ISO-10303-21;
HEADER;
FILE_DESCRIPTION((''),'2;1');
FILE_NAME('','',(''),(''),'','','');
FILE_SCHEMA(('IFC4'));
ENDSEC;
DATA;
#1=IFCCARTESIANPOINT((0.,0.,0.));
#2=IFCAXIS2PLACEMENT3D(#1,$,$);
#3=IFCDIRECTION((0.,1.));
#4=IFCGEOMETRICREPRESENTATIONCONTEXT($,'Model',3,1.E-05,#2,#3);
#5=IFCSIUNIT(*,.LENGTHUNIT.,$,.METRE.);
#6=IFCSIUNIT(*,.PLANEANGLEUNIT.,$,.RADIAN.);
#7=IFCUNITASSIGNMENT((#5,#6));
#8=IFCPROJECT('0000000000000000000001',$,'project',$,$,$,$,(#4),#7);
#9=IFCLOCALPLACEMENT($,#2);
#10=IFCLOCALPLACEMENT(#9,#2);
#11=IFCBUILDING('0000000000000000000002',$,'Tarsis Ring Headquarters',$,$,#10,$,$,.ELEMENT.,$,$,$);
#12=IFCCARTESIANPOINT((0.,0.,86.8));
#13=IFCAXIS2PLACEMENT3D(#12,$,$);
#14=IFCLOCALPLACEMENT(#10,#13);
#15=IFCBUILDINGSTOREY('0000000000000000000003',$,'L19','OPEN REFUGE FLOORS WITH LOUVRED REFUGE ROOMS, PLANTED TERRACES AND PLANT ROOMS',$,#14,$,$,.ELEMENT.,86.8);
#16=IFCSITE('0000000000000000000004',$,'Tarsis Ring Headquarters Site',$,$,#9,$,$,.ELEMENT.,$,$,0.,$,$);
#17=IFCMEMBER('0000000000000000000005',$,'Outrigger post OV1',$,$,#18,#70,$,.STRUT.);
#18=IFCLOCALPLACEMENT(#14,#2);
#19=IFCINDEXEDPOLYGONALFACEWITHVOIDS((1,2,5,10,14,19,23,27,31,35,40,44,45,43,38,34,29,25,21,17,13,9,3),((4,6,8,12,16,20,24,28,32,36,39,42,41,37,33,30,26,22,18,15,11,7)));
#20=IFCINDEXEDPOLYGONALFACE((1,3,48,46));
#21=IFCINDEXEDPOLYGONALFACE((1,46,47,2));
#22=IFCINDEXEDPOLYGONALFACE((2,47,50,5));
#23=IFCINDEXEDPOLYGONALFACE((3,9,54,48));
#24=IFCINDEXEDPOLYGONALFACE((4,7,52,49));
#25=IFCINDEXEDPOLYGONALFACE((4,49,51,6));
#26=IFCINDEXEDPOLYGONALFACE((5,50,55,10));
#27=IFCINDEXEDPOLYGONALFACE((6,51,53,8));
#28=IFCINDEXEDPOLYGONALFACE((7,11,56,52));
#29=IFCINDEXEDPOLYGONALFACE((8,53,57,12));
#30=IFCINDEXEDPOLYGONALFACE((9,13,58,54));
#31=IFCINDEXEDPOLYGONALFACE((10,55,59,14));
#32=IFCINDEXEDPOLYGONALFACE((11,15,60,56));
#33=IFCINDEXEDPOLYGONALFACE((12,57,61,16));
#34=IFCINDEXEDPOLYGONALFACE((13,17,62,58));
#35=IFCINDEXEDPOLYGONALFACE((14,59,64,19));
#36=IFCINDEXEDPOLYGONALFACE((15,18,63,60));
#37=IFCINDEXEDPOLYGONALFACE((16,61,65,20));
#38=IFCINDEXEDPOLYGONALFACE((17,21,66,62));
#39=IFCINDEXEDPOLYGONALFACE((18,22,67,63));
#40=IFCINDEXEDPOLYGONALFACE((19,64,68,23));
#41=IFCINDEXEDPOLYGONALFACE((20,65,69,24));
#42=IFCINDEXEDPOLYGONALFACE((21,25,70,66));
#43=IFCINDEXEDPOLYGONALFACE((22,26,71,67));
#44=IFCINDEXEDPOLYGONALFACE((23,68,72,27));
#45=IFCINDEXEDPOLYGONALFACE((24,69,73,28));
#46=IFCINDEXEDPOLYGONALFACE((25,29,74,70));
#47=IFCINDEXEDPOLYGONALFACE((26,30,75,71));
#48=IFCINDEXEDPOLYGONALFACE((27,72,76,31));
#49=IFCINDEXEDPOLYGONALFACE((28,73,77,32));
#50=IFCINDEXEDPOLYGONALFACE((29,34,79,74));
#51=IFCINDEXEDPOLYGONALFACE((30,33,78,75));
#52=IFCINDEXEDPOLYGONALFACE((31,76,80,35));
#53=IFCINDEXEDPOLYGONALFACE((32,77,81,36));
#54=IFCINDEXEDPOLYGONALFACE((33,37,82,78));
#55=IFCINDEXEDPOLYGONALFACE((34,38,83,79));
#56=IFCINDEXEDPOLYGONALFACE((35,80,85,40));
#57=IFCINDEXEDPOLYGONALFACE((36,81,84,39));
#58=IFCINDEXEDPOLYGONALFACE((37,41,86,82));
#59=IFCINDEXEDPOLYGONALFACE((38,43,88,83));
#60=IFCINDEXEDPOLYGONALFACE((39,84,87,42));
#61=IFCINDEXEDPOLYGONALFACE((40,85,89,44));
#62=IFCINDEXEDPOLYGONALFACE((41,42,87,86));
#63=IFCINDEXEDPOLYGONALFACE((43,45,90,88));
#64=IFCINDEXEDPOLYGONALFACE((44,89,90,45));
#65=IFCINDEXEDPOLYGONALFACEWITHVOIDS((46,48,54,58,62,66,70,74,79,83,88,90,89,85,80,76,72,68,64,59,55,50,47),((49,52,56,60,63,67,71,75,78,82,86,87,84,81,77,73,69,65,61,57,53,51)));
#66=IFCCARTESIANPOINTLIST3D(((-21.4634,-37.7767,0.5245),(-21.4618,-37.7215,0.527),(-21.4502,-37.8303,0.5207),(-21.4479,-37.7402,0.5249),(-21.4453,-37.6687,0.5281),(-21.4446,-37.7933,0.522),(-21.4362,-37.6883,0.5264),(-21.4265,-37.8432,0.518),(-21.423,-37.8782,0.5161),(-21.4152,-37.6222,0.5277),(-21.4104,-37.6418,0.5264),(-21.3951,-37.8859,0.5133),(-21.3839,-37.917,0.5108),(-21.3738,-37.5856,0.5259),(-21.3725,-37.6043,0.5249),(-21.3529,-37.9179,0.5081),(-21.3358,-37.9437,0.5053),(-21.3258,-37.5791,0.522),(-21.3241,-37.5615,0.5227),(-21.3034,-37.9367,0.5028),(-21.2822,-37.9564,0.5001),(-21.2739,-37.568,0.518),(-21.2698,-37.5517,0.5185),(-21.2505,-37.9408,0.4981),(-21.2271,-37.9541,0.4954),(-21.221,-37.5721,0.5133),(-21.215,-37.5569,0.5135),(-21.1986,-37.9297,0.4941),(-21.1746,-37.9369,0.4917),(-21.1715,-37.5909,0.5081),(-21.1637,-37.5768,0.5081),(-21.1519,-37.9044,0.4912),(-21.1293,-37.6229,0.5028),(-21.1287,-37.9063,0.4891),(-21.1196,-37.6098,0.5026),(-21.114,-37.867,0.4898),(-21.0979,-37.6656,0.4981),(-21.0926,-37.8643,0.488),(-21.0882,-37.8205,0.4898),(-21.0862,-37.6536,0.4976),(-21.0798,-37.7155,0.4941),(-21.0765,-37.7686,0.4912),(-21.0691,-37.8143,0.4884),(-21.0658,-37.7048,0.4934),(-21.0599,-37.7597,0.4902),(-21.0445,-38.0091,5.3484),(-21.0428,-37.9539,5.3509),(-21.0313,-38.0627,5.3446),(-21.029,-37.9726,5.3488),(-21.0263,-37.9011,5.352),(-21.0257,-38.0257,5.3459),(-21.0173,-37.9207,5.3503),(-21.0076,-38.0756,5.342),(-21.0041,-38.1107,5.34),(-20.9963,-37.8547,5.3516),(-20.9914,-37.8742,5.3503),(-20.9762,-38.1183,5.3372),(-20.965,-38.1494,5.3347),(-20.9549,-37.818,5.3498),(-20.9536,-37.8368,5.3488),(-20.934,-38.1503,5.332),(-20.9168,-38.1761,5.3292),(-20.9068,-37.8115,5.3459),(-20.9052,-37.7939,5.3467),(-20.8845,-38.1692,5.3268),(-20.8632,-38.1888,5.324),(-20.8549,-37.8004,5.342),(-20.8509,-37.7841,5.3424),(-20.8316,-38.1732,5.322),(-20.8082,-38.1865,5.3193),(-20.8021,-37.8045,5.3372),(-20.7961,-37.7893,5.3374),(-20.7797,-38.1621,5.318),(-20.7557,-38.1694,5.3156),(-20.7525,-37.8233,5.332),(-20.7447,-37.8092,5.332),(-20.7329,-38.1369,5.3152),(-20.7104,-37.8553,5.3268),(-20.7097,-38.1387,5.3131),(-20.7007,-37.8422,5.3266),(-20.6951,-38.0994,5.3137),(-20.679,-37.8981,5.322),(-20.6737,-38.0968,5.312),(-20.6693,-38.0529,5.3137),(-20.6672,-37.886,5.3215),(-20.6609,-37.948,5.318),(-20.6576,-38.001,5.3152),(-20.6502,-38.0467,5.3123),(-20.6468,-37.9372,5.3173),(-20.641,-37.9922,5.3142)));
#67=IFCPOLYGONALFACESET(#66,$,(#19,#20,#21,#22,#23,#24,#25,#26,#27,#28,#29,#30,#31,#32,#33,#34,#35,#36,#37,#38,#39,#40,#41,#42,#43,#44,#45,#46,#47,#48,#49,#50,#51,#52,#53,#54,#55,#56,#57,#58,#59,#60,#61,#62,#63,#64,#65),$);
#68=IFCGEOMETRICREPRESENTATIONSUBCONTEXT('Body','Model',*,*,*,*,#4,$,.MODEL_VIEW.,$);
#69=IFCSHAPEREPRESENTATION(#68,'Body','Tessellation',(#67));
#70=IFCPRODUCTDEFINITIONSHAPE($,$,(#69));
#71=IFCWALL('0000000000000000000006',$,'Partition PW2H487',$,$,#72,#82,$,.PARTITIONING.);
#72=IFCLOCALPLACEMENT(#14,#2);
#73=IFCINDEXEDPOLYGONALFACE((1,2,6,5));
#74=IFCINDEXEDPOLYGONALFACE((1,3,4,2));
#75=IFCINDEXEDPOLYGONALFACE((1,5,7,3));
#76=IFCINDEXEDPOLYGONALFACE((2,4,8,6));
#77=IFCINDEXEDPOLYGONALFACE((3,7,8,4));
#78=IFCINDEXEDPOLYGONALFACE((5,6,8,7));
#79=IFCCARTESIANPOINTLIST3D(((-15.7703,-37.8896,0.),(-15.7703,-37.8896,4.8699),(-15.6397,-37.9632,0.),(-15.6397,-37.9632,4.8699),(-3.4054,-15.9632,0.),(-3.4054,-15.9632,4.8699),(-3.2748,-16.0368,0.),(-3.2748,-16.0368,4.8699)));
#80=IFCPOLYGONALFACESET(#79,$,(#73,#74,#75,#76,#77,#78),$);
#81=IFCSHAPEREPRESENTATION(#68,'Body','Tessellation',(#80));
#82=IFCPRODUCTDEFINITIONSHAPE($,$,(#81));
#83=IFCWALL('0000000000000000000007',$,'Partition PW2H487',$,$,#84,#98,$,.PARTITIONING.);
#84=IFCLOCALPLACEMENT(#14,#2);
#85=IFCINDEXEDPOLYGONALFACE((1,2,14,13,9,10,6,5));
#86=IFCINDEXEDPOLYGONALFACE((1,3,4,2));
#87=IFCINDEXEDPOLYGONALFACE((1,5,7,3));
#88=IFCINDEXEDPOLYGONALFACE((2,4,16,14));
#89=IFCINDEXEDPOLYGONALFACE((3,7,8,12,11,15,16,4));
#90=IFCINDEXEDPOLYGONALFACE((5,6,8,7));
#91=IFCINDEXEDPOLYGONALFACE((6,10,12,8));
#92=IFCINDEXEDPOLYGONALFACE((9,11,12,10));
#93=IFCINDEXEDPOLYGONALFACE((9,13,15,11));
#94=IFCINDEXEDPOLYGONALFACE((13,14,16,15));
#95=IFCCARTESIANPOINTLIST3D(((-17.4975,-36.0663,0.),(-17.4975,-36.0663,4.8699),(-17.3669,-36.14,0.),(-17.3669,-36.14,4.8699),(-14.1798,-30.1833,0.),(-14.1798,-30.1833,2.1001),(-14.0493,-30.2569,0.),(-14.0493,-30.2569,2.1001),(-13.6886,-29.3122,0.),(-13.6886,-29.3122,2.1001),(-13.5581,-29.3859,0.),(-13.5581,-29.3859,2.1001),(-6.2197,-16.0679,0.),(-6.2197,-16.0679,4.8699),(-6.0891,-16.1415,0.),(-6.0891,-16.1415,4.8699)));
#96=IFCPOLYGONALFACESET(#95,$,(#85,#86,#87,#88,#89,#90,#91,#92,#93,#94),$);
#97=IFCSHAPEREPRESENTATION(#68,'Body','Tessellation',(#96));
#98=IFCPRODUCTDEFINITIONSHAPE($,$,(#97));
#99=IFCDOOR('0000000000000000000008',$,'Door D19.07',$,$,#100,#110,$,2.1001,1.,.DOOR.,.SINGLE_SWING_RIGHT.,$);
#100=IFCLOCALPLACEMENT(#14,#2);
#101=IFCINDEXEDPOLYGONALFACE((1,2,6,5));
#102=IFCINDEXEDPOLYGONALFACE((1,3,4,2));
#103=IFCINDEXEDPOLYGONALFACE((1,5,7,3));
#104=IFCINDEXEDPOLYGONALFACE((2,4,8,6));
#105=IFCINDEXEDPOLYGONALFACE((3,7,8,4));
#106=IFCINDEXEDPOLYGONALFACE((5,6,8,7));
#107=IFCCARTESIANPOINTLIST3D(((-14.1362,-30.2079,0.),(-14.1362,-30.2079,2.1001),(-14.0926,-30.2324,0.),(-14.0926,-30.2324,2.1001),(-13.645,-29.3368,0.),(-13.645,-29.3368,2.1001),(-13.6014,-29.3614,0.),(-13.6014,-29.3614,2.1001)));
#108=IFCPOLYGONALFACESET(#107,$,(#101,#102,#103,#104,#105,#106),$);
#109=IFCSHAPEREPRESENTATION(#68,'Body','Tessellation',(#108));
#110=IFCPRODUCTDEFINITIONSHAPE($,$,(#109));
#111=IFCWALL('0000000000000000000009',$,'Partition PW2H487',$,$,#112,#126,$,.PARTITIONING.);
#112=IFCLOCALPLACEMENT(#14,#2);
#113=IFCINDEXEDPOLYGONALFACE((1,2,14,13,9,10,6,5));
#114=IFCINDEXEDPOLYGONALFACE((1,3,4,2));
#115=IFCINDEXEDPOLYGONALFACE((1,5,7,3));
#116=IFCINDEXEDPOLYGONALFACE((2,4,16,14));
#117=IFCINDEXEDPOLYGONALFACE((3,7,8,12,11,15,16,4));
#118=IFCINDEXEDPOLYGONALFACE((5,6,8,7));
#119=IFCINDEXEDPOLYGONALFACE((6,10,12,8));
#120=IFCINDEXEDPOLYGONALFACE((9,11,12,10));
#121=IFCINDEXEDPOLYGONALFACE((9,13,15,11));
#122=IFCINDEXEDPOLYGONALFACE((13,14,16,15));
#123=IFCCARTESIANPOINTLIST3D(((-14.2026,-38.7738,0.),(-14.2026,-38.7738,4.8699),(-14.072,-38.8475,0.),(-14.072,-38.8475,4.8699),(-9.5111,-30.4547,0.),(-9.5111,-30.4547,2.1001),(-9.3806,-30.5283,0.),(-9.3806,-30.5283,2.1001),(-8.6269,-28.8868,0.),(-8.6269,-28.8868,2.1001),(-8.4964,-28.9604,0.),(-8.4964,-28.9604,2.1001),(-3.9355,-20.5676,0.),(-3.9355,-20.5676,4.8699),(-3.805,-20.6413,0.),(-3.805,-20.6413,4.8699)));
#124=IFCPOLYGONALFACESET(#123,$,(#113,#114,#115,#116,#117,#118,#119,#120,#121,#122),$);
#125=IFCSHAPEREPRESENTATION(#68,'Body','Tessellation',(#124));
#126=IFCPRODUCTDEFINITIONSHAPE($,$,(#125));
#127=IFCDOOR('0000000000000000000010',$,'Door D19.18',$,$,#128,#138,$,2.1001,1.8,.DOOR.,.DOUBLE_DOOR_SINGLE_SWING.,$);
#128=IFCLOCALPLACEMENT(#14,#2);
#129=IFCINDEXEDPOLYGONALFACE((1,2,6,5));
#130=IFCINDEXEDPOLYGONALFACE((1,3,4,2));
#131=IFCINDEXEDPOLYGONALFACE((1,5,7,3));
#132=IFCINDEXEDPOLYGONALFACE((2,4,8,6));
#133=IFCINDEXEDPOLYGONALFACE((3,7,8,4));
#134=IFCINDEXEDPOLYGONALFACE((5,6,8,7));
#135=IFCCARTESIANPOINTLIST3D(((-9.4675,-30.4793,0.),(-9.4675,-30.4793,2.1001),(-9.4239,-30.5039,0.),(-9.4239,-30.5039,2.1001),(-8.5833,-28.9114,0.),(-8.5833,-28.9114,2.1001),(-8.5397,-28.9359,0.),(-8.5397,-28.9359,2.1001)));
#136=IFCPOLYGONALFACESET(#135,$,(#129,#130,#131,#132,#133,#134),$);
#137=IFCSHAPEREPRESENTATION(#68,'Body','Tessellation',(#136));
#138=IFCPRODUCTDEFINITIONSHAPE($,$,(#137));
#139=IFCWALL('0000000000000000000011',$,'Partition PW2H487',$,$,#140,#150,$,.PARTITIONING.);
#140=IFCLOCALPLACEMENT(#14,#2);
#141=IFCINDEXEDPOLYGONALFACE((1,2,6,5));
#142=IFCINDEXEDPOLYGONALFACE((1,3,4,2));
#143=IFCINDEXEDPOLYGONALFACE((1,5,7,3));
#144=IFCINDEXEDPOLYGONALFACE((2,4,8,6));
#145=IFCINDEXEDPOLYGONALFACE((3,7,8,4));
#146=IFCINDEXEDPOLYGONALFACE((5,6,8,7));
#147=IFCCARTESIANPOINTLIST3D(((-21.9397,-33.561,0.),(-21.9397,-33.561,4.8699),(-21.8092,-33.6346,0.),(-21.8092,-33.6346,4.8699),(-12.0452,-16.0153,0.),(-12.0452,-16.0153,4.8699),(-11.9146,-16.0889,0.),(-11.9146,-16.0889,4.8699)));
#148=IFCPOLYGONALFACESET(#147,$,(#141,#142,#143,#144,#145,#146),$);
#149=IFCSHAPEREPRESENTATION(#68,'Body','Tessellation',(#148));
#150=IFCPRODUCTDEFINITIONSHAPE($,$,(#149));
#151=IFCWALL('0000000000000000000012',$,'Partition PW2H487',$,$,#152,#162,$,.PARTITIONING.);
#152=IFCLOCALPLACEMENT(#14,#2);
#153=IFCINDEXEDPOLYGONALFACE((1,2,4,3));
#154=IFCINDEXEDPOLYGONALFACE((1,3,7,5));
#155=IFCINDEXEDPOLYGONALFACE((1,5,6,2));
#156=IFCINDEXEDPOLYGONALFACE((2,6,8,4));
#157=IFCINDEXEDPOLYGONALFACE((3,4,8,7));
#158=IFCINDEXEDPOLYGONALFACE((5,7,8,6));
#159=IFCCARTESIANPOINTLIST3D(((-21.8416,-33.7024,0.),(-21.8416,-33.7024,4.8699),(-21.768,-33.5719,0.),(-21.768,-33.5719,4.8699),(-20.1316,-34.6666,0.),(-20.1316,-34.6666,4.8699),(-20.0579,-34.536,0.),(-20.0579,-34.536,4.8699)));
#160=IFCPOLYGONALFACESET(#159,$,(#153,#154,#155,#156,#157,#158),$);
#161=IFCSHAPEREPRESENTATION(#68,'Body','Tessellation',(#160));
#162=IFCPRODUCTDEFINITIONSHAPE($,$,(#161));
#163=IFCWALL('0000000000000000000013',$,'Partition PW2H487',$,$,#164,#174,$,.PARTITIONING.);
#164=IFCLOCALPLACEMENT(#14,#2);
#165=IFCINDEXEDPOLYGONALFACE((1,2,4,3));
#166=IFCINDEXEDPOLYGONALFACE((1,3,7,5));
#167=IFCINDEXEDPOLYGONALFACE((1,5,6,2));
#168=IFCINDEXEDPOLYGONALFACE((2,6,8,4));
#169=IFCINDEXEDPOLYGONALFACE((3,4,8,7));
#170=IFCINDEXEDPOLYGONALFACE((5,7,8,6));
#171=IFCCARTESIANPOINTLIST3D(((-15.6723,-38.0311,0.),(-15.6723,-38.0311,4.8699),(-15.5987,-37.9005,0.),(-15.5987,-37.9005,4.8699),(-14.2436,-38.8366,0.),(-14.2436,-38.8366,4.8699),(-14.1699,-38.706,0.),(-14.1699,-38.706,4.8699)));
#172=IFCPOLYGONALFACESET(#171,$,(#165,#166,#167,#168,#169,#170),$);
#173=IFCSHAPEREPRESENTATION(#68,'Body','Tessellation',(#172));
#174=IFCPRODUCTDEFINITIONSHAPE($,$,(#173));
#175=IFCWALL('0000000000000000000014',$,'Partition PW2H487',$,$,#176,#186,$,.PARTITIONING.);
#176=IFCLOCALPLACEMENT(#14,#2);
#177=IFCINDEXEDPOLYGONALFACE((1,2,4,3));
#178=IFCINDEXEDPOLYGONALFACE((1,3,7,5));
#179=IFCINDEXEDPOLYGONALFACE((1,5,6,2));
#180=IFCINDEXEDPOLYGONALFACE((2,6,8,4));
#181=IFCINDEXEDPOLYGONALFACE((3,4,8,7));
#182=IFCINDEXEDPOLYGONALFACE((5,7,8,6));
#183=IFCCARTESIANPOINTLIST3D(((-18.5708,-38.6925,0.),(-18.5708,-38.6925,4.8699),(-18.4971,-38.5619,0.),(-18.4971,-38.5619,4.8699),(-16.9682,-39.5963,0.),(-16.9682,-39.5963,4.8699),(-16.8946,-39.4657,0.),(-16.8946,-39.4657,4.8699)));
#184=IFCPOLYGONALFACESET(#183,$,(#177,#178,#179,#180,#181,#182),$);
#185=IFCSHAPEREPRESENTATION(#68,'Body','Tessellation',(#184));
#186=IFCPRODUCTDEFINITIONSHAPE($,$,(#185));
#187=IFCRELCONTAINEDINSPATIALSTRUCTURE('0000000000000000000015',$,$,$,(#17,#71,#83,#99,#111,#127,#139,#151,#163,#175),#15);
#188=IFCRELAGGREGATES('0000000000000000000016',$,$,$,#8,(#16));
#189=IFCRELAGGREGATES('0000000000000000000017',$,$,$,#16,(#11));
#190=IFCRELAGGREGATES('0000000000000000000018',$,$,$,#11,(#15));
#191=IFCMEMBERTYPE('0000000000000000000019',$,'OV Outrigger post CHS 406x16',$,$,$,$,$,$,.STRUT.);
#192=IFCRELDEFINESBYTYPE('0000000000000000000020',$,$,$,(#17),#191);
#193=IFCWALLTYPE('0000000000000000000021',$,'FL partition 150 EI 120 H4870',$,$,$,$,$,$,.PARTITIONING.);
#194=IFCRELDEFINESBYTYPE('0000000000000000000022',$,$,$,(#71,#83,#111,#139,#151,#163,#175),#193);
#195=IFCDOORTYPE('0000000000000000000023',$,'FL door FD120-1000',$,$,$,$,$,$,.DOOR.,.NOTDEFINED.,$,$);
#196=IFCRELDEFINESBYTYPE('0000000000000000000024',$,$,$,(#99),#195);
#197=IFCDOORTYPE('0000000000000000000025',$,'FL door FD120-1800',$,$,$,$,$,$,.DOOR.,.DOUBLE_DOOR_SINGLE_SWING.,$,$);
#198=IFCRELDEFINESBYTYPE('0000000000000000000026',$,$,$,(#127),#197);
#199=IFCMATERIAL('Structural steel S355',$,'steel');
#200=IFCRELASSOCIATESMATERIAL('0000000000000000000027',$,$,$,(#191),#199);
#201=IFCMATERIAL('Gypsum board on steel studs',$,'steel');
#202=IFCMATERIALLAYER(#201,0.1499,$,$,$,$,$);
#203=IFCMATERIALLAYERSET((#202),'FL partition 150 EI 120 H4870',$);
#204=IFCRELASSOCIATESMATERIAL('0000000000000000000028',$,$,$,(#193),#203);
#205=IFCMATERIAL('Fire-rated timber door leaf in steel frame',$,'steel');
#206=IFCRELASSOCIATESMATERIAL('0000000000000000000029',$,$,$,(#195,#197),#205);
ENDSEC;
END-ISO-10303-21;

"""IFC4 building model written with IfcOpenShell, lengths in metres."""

from ifc_helpers import new_model, si_unit, direction, frame, frame_2d, origin, origin_2d, place, context, subcontext, project, spatial, rectangle, hollow_circle, extrude, material, layer, layer_set, material_profile, profile_set, type_object, element, fill, save


model = new_model("IFC4")

# Units and contexts
model_context = context("Model", 3, precision=1e-05, world=origin(), true_north=direction((0.0, 1.0)))
body_context = subcontext(model_context, "Body", "Model", "MODEL_VIEW")
ifc_project = project(units=[si_unit("LENGTHUNIT", "METRE"), si_unit("PLANEANGLEUNIT", "RADIAN")], contexts=[model_context])

# Site, building, storey
site_placement = place(None, origin())
site = spatial("IfcSite", under=ifc_project, at=site_placement, Name="Tarsis Ring Headquarters Site", CompositionType="ELEMENT", RefElevation=0.0)
building_placement = place(site_placement, origin())
building = spatial("IfcBuilding", under=site, at=building_placement, Name="Tarsis Ring Headquarters", CompositionType="ELEMENT")
storey_placement = place(building_placement, frame((0.0, 0.0, 86.8)))
storey = spatial("IfcBuildingStorey", under=building, at=storey_placement, Name="L19", Description="OPEN REFUGE FLOORS WITH LOUVRED REFUGE ROOMS, PLANTED TERRACES AND PLANT ROOMS", CompositionType="ELEMENT", Elevation=86.8)

# Member
ifc_material_1 = material(Name="Structural steel S355", Category="steel")
ifc_material_profile_1 = material_profile(ifc_material_1, hollow_circle(Radius=0.2031, WallThickness=0.0161, at=origin_2d()), Name="CHS 406x16")
ifc_profile_set_1 = profile_set([ifc_material_profile_1], Name="Structural steel S355")
member_type_1 = type_object("IfcMemberType", Name="OV Outrigger post CHS 406x16", PredefinedType="STRUT", material=ifc_profile_set_1)
member_1_placement = place(storey_placement, frame((-21.2622, -37.7544, 0.5081), z_axis=(0.086421, -0.047945, 0.995104), x_axis=(0.485124, 0.874446, 0.0)))
element("IfcMember", 1, at=member_1_placement, inside=storey, type_object=member_type_1, Name="Outrigger post OV1", PredefinedType="STRUT", context=body_context, shape_type="SweptSolid", body=[
    extrude(hollow_circle(Radius=0.2031, WallThickness=0.0161, at=origin_2d()), origin(), (0.0, 0.0, 1.0), 4.8477),
])

# Wall
ifc_material_2 = material(Name="Gypsum board on steel studs", Category="steel")
ifc_layer = layer(ifc_material_2, 0.1499)
ifc_layer_set = layer_set([ifc_layer], Name="FL partition 150 EI 120 H4870")
wall_type = type_object("IfcWallType", Name="FL partition 150 EI 120 H4870", PredefinedType="PARTITIONING", material=ifc_layer_set)
wall_1_placement = place(storey_placement, frame((-15.7051, -37.9265, 0.0), z_axis=(0.0, 0.0, 1.0), x_axis=(0.491206, 0.871043, 0.0)))
element("IfcWall", 2, at=wall_1_placement, inside=storey, type_object=wall_type, Name="Partition PW2H487", PredefinedType="PARTITIONING", context=body_context, shape_type="SweptSolid", body=[
    extrude(rectangle(XDim=25.1726, YDim=0.1499, at=frame_2d((12.5864, 0.0))), origin(), (0.0, 0.0, 1.0), 4.8699),
])

# Walls, openings, doors
wall_2_placement = place(storey_placement, frame((-17.4321, -36.103, 0.0), z_axis=(0.0, 0.0, 1.0), x_axis=(0.491209, 0.871042, 0.0)))
wall_2 = element("IfcWall", 3, at=wall_2_placement, inside=storey, type_object=wall_type, Name="Partition PW2H487", PredefinedType="PARTITIONING", context=body_context, shape_type="SweptSolid", body=[
    extrude(rectangle(XDim=22.9592, YDim=0.1499, at=frame_2d((11.4795, 0.0))), origin(), (0.0, 0.0, 1.0), 4.8699),
])
opening_1_placement = place(wall_2_placement, frame((6.7539, 0.0, 0.0)))
opening_1 = element("IfcOpeningElement", 4, at=opening_1_placement, cuts=wall_2, PredefinedType="OPENING", context=body_context, shape_type="SweptSolid", body=[
    extrude(rectangle(XDim=1.0, YDim=2.1001, at=frame_2d((0.5, 1.05))), frame((0.0, 0.085, 0.0), z_axis=(0.0, -1.0, 0.0), x_axis=(1.0, 0.0, 0.0)), (0.0, 0.0, 1.0), 0.1699),
])
ifc_material_3 = material(Name="Fire-rated timber door leaf in steel frame", Category="steel")
door_type_1 = type_object("IfcDoorType", Name="FL door FD120-1000", OperationType="NOTDEFINED", PredefinedType="DOOR", material=ifc_material_3)
door_1_placement = place(opening_1_placement, origin())
door_1 = element("IfcDoor", 5, at=door_1_placement, inside=storey, type_object=door_type_1, Name="Door D19.07", OperationType="SINGLE_SWING_RIGHT", OverallHeight=2.1001, OverallWidth=1.0, PredefinedType="DOOR", context=body_context, shape_type="SweptSolid", body=[
    extrude(rectangle(XDim=1.0, YDim=2.1001, at=frame_2d((0.5, 1.05))), frame((0.0, 0.0249, 0.0), z_axis=(0.0, -1.0, 0.0), x_axis=(1.0, 0.0, 0.0)), (0.0, 0.0, 1.0), 0.05),
])
fill(opening_1, door_1)
wall_3_placement = place(storey_placement, frame((-14.1372, -38.8105, 0.0), z_axis=(0.0, 0.0, 1.0), x_axis=(0.491208, 0.871043, 0.0)))
wall_3 = element("IfcWall", 6, at=wall_3_placement, inside=storey, type_object=wall_type, Name="Partition PW2H487", PredefinedType="PARTITIONING", context=body_context, shape_type="SweptSolid", body=[
    extrude(rectangle(XDim=20.9016, YDim=0.1499, at=frame_2d((10.4507, 0.0))), origin(), (0.0, 0.0, 1.0), 4.8699),
])
opening_2_placement = place(wall_3_placement, frame((9.5508, 0.0, 0.0)))
opening_2 = element("IfcOpeningElement", 7, at=opening_2_placement, cuts=wall_3, PredefinedType="OPENING", context=body_context, shape_type="SweptSolid", body=[
    extrude(rectangle(XDim=1.8, YDim=2.1001, at=frame_2d((0.8999, 1.05))), frame((0.0, 0.085, 0.0), z_axis=(0.0, -1.0, 0.0), x_axis=(1.0, 0.0, 0.0)), (0.0, 0.0, 1.0), 0.1699),
])
door_type_2 = type_object("IfcDoorType", Name="FL door FD120-1800", OperationType="DOUBLE_DOOR_SINGLE_SWING", PredefinedType="DOOR", material=ifc_material_3)
door_2_placement = place(opening_2_placement, origin())
door_2 = element("IfcDoor", 8, at=door_2_placement, inside=storey, type_object=door_type_2, Name="Door D19.18", OperationType="DOUBLE_DOOR_SINGLE_SWING", OverallHeight=2.1001, OverallWidth=1.8, PredefinedType="DOOR", context=body_context, shape_type="SweptSolid", body=[
    extrude(rectangle(XDim=1.8, YDim=2.1001, at=frame_2d((0.8999, 1.05))), frame((0.0, 0.0249, 0.0), z_axis=(0.0, -1.0, 0.0), x_axis=(1.0, 0.0, 0.0)), (0.0, 0.0, 1.0), 0.05),
])
fill(opening_2, door_2)

# Walls
wall_4_placement = place(storey_placement, frame((-21.8745, -33.5979, 0.0), z_axis=(0.0, 0.0, 1.0), x_axis=(0.491208, 0.871043, 0.0)))
element("IfcWall", 9, at=wall_4_placement, inside=storey, type_object=wall_type, Name="Partition PW2H487", PredefinedType="PARTITIONING", context=body_context, shape_type="SweptSolid", body=[
    extrude(rectangle(XDim=20.1433, YDim=0.1499, at=frame_2d((10.0718, 0.0))), origin(), (0.0, 0.0, 1.0), 4.8699),
])
wall_5_placement = place(storey_placement, frame((-21.8047, -33.6372, 0.0), z_axis=(0.0, 0.0, 1.0), x_axis=(0.871084, -0.491135, 0.0)))
element("IfcWall", 10, at=wall_5_placement, inside=storey, type_object=wall_type, Name="Partition PW2H487", PredefinedType="PARTITIONING", context=body_context, shape_type="SweptSolid", body=[
    extrude(rectangle(XDim=1.9631, YDim=0.1499, at=frame_2d((0.9814, 0.0))), origin(), (0.0, 0.0, 1.0), 4.8699),
])
wall_6_placement = place(storey_placement, frame((-15.6355, -37.9658, 0.0), z_axis=(0.0, 0.0, 1.0), x_axis=(0.871114, -0.491081, 0.0)))
element("IfcWall", 11, at=wall_6_placement, inside=storey, type_object=wall_type, Name="Partition PW2H487", PredefinedType="PARTITIONING", context=body_context, shape_type="SweptSolid", body=[
    extrude(rectangle(XDim=1.6401, YDim=0.1499, at=frame_2d((0.8201, 0.0))), origin(), (0.0, 0.0, 1.0), 4.8699),
])
wall_7_placement = place(storey_placement, frame((-18.5339, -38.6272, 0.0), z_axis=(0.0, 0.0, 1.0), x_axis=(0.871022, -0.491244, 0.0)))
element("IfcWall", 12, at=wall_7_placement, inside=storey, type_object=wall_type, Name="Partition PW2H487", PredefinedType="PARTITIONING", context=body_context, shape_type="SweptSolid", body=[
    extrude(rectangle(XDim=1.8398, YDim=0.1499, at=frame_2d((0.9199, 0.0))), origin(), (0.0, 0.0, 1.0), 4.8699),
])

save(model, "model.ifc")
